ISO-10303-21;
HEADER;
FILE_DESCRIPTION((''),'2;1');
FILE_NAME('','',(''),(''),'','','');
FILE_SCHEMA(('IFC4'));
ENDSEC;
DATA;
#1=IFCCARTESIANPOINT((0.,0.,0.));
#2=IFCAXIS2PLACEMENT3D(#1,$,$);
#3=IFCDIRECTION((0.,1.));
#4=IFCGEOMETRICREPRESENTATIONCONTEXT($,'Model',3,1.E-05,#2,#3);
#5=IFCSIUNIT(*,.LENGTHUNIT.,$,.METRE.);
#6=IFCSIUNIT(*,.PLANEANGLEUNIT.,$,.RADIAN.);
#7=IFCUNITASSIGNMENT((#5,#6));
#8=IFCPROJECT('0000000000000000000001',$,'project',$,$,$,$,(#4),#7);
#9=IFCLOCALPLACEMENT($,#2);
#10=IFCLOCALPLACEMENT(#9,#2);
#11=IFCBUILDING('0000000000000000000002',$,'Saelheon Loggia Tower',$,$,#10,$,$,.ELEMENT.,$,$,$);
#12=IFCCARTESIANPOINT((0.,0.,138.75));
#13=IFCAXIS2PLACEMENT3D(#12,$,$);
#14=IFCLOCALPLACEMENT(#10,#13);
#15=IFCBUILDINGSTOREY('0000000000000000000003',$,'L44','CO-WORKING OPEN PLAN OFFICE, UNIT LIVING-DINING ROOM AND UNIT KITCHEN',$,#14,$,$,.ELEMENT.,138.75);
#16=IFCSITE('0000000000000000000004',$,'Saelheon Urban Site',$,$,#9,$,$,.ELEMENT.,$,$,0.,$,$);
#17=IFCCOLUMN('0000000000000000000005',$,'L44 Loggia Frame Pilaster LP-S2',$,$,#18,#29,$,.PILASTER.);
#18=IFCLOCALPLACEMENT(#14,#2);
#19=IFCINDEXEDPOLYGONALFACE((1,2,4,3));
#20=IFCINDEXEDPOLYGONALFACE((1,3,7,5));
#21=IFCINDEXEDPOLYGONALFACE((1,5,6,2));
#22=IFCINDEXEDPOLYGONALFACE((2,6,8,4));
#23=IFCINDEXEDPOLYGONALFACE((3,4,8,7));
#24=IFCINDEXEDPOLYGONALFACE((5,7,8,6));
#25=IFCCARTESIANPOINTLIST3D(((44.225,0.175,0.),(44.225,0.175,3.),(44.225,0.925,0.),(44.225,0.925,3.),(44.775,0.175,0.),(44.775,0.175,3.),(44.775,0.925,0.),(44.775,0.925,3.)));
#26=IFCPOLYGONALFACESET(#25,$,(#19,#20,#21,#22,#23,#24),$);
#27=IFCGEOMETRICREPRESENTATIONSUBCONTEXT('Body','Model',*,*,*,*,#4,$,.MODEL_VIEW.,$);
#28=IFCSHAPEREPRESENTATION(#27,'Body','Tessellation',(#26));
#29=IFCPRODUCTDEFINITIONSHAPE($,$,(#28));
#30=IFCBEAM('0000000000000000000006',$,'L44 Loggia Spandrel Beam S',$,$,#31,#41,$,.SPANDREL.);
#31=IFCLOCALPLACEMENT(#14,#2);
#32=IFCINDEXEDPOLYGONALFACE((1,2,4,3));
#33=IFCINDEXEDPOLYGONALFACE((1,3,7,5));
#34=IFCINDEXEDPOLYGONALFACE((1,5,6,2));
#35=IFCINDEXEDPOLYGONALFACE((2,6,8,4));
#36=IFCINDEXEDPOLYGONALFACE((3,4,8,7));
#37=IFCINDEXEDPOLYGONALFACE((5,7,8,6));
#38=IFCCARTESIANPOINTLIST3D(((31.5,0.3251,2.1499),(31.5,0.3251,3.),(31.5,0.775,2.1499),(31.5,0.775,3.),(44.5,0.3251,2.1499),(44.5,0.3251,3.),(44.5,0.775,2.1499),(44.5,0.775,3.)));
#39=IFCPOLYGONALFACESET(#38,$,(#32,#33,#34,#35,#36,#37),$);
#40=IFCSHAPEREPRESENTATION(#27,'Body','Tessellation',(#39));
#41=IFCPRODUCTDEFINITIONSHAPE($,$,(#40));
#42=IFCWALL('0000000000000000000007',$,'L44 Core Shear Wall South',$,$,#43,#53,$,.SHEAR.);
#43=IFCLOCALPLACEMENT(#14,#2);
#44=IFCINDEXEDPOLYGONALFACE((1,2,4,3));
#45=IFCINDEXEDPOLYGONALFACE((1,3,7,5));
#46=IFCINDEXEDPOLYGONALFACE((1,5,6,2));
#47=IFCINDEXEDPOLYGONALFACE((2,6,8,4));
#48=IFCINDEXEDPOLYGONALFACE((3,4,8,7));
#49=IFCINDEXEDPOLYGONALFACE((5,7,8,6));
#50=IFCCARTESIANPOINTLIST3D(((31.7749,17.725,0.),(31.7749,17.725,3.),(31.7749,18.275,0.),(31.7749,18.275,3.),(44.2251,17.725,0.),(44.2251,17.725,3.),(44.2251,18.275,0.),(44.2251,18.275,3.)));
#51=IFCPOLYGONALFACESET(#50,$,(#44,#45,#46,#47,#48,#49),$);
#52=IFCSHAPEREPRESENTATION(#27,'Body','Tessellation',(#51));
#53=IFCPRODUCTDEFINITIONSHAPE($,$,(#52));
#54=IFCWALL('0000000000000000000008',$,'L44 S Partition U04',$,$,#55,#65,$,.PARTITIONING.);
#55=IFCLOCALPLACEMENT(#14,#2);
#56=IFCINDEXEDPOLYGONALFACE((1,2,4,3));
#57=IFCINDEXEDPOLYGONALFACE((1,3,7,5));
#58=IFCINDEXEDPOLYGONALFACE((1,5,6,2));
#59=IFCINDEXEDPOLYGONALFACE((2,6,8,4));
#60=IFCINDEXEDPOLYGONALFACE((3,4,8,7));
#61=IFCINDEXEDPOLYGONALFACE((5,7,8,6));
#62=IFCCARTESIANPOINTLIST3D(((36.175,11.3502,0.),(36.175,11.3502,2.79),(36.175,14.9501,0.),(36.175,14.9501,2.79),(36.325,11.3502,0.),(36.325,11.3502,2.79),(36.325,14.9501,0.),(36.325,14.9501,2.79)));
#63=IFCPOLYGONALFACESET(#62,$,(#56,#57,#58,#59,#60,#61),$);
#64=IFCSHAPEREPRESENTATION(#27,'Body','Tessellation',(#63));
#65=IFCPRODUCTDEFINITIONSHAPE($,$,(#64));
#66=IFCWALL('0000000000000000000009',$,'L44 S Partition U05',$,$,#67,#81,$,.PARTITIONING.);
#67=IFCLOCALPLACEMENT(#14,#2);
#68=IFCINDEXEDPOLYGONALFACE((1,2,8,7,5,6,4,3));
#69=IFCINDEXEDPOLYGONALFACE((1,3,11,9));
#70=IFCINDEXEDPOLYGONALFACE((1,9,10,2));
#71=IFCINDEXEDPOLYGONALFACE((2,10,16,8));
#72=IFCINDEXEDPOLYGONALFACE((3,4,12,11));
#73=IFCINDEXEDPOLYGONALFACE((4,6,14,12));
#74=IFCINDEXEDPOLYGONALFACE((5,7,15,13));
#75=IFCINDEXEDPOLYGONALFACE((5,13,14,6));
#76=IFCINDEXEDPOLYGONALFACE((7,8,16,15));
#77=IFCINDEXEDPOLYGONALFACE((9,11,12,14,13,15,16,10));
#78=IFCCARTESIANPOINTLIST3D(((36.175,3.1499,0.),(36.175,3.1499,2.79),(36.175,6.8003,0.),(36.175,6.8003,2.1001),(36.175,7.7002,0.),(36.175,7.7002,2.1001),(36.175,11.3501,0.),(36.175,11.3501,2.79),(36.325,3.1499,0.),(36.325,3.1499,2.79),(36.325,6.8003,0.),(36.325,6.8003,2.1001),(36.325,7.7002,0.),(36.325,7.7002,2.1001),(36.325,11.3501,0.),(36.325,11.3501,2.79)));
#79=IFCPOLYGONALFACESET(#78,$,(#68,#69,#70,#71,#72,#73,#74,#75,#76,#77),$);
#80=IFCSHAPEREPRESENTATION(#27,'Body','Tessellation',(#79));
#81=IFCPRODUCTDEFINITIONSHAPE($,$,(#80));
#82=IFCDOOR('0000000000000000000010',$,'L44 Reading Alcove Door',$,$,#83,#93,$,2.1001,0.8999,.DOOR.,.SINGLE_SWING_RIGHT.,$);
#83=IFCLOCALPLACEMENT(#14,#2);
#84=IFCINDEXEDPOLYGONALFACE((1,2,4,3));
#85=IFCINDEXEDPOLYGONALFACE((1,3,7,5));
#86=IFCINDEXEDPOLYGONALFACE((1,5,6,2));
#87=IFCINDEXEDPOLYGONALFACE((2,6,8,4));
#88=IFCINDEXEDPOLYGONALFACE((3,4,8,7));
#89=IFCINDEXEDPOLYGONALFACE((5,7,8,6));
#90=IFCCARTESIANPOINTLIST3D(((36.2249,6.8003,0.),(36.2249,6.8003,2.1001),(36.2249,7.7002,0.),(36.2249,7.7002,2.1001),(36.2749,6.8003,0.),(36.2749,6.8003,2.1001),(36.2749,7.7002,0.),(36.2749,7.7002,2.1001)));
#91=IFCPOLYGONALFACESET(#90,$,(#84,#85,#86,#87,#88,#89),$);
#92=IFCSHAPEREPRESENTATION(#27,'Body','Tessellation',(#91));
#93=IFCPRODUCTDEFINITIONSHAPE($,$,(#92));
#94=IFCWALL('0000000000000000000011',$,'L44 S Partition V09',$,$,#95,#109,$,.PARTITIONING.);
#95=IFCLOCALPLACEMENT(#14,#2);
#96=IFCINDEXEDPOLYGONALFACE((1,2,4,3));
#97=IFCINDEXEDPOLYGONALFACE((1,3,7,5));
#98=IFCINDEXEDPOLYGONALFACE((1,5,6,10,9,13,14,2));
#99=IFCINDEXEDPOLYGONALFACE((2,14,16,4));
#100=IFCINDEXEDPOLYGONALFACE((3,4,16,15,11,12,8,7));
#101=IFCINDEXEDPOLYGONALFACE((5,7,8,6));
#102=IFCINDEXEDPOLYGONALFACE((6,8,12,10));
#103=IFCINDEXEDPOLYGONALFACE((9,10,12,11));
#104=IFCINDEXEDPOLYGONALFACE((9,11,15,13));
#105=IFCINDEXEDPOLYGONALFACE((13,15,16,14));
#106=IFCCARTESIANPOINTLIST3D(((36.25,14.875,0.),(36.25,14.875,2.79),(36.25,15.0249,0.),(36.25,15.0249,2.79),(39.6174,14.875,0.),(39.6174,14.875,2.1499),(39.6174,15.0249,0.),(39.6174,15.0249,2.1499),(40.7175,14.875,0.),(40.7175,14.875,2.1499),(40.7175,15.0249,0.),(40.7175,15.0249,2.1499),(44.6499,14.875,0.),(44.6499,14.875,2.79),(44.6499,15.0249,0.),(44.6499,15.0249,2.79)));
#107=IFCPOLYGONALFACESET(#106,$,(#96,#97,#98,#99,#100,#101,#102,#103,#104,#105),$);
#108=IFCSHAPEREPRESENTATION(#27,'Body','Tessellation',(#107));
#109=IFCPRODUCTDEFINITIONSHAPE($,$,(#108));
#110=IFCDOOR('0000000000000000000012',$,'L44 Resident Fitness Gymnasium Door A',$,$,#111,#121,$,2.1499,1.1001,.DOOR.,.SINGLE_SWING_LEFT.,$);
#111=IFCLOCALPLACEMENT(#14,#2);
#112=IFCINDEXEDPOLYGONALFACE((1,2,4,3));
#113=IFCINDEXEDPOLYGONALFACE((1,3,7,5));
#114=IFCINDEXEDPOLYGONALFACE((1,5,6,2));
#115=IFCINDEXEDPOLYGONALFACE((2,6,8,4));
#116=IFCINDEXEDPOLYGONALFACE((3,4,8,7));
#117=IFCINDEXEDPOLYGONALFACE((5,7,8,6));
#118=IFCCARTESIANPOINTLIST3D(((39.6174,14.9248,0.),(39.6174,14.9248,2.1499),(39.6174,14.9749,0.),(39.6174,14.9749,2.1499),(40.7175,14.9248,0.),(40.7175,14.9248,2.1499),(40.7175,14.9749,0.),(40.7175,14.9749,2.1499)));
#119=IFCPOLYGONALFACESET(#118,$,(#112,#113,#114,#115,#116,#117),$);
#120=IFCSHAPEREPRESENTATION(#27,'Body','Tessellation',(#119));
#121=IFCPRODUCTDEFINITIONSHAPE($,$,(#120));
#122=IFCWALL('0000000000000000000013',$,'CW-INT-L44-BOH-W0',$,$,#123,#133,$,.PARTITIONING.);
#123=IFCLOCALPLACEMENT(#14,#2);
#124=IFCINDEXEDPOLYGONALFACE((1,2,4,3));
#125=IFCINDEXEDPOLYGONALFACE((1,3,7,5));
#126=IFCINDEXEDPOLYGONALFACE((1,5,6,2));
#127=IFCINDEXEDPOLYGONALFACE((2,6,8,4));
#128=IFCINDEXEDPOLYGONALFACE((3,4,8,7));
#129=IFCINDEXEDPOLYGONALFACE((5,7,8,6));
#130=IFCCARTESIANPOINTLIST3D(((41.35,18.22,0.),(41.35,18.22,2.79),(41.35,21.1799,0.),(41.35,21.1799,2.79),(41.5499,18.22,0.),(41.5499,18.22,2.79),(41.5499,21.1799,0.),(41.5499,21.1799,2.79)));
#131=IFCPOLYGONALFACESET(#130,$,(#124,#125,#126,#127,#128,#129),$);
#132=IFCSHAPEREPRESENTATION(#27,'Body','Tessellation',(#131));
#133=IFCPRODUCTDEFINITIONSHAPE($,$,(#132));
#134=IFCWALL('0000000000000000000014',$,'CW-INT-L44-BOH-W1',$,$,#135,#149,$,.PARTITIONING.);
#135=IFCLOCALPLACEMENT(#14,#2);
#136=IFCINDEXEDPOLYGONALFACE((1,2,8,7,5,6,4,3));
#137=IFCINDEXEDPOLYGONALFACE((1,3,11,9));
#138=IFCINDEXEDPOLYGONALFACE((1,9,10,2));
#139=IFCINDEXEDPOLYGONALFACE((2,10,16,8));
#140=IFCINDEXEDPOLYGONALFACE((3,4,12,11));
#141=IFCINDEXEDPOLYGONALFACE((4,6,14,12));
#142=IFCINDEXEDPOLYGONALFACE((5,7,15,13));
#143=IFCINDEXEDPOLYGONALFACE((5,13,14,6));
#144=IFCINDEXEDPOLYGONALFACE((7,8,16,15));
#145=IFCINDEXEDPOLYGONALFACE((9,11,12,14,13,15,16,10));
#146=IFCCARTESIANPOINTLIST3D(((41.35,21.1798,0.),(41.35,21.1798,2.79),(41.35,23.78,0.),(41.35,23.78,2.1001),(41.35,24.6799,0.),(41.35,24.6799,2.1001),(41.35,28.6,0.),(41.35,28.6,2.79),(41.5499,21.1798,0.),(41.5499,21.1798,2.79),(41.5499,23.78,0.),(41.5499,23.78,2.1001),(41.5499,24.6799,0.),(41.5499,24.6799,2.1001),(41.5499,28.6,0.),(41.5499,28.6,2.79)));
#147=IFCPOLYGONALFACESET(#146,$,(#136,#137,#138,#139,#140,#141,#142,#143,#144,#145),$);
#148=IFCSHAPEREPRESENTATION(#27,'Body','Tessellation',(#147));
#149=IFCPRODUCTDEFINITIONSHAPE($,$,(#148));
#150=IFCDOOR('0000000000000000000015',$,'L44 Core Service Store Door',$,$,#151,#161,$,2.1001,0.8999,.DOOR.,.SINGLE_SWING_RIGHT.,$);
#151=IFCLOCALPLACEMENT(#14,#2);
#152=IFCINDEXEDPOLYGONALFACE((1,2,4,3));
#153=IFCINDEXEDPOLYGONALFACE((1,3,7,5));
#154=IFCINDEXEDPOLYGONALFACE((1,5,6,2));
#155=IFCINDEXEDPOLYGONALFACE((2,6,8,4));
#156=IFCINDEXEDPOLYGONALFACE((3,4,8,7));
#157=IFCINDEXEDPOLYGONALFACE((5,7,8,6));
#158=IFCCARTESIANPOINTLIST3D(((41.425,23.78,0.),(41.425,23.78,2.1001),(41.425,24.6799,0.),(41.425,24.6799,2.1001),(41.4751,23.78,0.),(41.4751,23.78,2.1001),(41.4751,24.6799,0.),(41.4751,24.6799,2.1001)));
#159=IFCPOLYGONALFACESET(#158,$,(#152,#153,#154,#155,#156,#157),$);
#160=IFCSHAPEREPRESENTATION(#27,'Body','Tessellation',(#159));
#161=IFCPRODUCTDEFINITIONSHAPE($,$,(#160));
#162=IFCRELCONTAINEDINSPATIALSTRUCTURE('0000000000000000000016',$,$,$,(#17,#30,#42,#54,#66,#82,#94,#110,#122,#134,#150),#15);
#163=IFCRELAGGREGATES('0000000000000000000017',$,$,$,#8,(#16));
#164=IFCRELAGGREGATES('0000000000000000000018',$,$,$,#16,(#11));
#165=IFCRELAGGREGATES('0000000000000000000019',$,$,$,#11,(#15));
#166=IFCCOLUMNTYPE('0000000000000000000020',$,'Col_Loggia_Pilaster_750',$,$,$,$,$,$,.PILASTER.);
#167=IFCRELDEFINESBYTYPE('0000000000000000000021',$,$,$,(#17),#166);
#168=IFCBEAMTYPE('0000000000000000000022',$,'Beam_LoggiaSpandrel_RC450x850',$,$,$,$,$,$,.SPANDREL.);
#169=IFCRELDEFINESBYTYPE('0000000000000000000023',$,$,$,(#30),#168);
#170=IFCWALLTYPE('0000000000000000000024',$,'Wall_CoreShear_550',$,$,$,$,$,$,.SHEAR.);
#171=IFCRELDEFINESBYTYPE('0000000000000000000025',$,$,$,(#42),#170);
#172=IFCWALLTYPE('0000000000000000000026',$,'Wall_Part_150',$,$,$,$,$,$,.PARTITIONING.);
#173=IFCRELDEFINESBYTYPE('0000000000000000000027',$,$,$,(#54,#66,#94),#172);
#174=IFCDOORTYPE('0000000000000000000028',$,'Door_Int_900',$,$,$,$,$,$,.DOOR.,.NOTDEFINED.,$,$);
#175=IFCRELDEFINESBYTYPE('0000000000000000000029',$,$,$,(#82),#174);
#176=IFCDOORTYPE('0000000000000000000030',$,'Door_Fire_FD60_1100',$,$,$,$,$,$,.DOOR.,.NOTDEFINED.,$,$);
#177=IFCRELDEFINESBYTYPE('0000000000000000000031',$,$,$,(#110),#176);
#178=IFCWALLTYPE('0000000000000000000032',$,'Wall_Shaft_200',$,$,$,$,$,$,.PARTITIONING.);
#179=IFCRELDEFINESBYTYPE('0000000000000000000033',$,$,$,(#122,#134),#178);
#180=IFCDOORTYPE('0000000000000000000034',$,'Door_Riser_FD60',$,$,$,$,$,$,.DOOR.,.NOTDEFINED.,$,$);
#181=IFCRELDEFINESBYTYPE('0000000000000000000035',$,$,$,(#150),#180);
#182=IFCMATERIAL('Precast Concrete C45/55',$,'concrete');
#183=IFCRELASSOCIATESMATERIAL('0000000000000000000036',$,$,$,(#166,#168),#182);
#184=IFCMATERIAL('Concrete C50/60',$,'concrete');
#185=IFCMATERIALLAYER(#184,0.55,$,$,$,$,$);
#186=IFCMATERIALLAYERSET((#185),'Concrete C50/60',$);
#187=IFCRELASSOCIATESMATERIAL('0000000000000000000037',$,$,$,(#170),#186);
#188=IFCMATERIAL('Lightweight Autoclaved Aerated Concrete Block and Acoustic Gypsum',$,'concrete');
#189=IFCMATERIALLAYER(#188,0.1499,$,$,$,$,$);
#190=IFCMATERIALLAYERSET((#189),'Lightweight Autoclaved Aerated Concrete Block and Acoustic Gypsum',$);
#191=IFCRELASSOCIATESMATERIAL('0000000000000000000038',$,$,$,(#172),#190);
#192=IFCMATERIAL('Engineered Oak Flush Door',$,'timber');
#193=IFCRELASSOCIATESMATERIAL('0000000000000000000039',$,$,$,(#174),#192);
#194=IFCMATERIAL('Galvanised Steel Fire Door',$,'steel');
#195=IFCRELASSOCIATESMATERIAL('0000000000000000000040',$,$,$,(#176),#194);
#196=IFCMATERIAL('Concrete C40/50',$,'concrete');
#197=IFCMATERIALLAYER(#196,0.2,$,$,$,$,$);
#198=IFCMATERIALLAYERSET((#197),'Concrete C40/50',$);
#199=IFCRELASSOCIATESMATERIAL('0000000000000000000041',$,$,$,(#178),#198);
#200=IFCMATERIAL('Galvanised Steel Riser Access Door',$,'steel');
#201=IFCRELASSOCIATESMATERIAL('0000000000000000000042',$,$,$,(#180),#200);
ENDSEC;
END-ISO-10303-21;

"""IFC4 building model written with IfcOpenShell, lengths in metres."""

from ifc_helpers import new_model, si_unit, direction, frame, frame_2d, origin, origin_2d, place, context, subcontext, project, spatial, rectangle, extrude, source, transform, mapped, material, layer, layer_set, material_profile, profile_set, type_object, element, fill, save


model = new_model("IFC4")

# Units and contexts
model_context = context("Model", 3, precision=1e-05, world=origin(), true_north=direction((0.0, 1.0)))
body_context = subcontext(model_context, "Body", "Model", "MODEL_VIEW")
ifc_project = project(units=[si_unit("LENGTHUNIT", "METRE"), si_unit("PLANEANGLEUNIT", "RADIAN")], contexts=[model_context])

# Site, building, storey
site_placement = place(None, origin())
site = spatial("IfcSite", under=ifc_project, at=site_placement, Name="Saelheon Urban Site", CompositionType="ELEMENT", RefElevation=0.0)
building_placement = place(site_placement, origin())
building = spatial("IfcBuilding", under=site, at=building_placement, Name="Saelheon Loggia Tower", CompositionType="ELEMENT")
storey_placement = place(building_placement, frame((0.0, 0.0, 138.75)))
storey = spatial("IfcBuildingStorey", under=building, at=storey_placement, Name="L44", Description="CO-WORKING OPEN PLAN OFFICE, UNIT LIVING-DINING ROOM AND UNIT KITCHEN", CompositionType="ELEMENT", Elevation=138.75)

# Column
ifc_material_1 = material(Name="Precast Concrete C45/55", Category="concrete")
ifc_material_profile_1 = material_profile(ifc_material_1, rectangle(XDim=0.55, YDim=0.75, at=origin_2d()), Name="RC-550x750")
ifc_profile_set_1 = profile_set([ifc_material_profile_1], Name="Precast Concrete C45/55")
column_type = type_object("IfcColumnType", Name="Col_Loggia_Pilaster_750", PredefinedType="PILASTER", material=ifc_profile_set_1)
shared_shape_1 = source(origin(), body_context, "Body", "SweptSolid", [
    extrude(rectangle(XDim=0.55, YDim=0.75, at=origin_2d()), origin(), (0.0, 0.0, 1.0), 3.0),
])
column_placement = place(storey_placement, frame((44.5, 0.55, 0.0), z_axis=(0.0, 0.0, 1.0), x_axis=(1.0, 0.0, 0.0)))
element("IfcColumn", 1, at=column_placement, inside=storey, type_object=column_type, Name="L44 Loggia Frame Pilaster LP-S2", PredefinedType="PILASTER", context=body_context, shape_type="MappedRepresentation", body=[
    mapped(shared_shape_1, transform((0.0, 0.0, 0.0), scale=1.0)),
])

# Beam
ifc_material_profile_2 = material_profile(ifc_material_1, rectangle(XDim=0.45, YDim=0.8501, at=origin_2d()), Name="RC-450x850")
ifc_profile_set_2 = profile_set([ifc_material_profile_2], Name="Precast Concrete C45/55")
beam_type = type_object("IfcBeamType", Name="Beam_LoggiaSpandrel_RC450x850", PredefinedType="SPANDREL", material=ifc_profile_set_2)
shared_shape_2 = source(origin(), body_context, "Body", "SweptSolid", [
    extrude(rectangle(XDim=0.45, YDim=0.8501, at=origin_2d()), origin(), (0.0, 0.0, 1.0), 13.0),
])
beam_placement = place(storey_placement, frame((31.5, 0.55, 2.575), z_axis=(1.0, 0.0, 0.0), x_axis=(0.0, 1.0, 0.0)))
element("IfcBeam", 2, at=beam_placement, inside=storey, type_object=beam_type, Name="L44 Loggia Spandrel Beam S", PredefinedType="SPANDREL", context=body_context, shape_type="MappedRepresentation", body=[
    mapped(shared_shape_2, transform((0.0, 0.0, 0.0), scale=1.0)),
])

# Walls
ifc_material_2 = material(Name="Concrete C50/60", Category="concrete")
ifc_layer_1 = layer(ifc_material_2, 0.55)
ifc_layer_set_1 = layer_set([ifc_layer_1], Name="Concrete C50/60")
wall_type_1 = type_object("IfcWallType", Name="Wall_CoreShear_550", PredefinedType="SHEAR", material=ifc_layer_set_1)
wall_1_placement = place(storey_placement, frame((31.7749, 18.0, 0.0), z_axis=(0.0, 0.0, 1.0), x_axis=(1.0, 0.0, 0.0)))
element("IfcWall", 3, at=wall_1_placement, inside=storey, type_object=wall_type_1, Name="L44 Core Shear Wall South", PredefinedType="SHEAR", context=body_context, shape_type="SweptSolid", body=[
    extrude(rectangle(XDim=12.4502, YDim=0.55, at=frame_2d((6.2251, 0.0))), origin(), (0.0, 0.0, 1.0), 3.0),
])
ifc_material_3 = material(Name="Lightweight Autoclaved Aerated Concrete Block and Acoustic Gypsum", Category="concrete")
ifc_layer_2 = layer(ifc_material_3, 0.1499)
ifc_layer_set_2 = layer_set([ifc_layer_2], Name="Lightweight Autoclaved Aerated Concrete Block and Acoustic Gypsum")
wall_type_2 = type_object("IfcWallType", Name="Wall_Part_150", PredefinedType="PARTITIONING", material=ifc_layer_set_2)
wall_2_placement = place(storey_placement, frame((36.25, 14.95, 0.0), z_axis=(0.0, 0.0, 1.0), x_axis=(0.0, -1.0, 0.0)))
element("IfcWall", 4, at=wall_2_placement, inside=storey, type_object=wall_type_2, Name="L44 S Partition U04", PredefinedType="PARTITIONING", context=body_context, shape_type="SweptSolid", body=[
    extrude(rectangle(XDim=3.5999, YDim=0.1499, at=frame_2d((1.7998, 0.0))), origin(), (0.0, 0.0, 1.0), 2.79),
])

# Walls, openings, doors
wall_3_placement = place(storey_placement, frame((36.25, 11.3501, 0.0), z_axis=(0.0, 0.0, 1.0), x_axis=(0.0, -1.0, 0.0)))
wall_3 = element("IfcWall", 5, at=wall_3_placement, inside=storey, type_object=wall_type_2, Name="L44 S Partition U05", PredefinedType="PARTITIONING", context=body_context, shape_type="SweptSolid", body=[
    extrude(rectangle(XDim=8.2002, YDim=0.1499, at=frame_2d((4.1001, 0.0))), origin(), (0.0, 0.0, 1.0), 2.79),
])
opening_1_placement = place(wall_3_placement, frame((3.6499, 0.0, 0.0)))
opening_1 = element("IfcOpeningElement", 6, at=opening_1_placement, cuts=wall_3, PredefinedType="OPENING", context=body_context, shape_type="SweptSolid", body=[
    extrude(rectangle(XDim=0.8999, YDim=2.1001, at=frame_2d((0.45, 1.05))), frame((0.0, 0.0869, 0.0), z_axis=(0.0, -1.0, 0.0), x_axis=(1.0, 0.0, 0.0)), (0.0, 0.0, 1.0), 0.1738),
])
ifc_material_4 = material(Name="Engineered Oak Flush Door", Category="timber")
door_type_1 = type_object("IfcDoorType", Name="Door_Int_900", OperationType="NOTDEFINED", PredefinedType="DOOR", material=ifc_material_4)
shared_shape_3 = source(origin(), body_context, "Body", "SweptSolid", [
    extrude(rectangle(XDim=0.8999, YDim=2.1001, at=frame_2d((0.45, 1.05))), frame((0.0, 0.0249, 0.0), z_axis=(0.0, -1.0, 0.0), x_axis=(1.0, 0.0, 0.0)), (0.0, 0.0, 1.0), 0.05),
])
door_1_placement = place(opening_1_placement, origin())
door_1 = element("IfcDoor", 7, at=door_1_placement, inside=storey, type_object=door_type_1, Name="L44 Reading Alcove Door", OperationType="SINGLE_SWING_RIGHT", OverallHeight=2.1001, OverallWidth=0.8999, PredefinedType="DOOR", context=body_context, shape_type="MappedRepresentation", body=[
    mapped(shared_shape_3, transform((0.0, 0.0, 0.0), scale=1.0)),
])
fill(opening_1, door_1)
wall_4_placement = place(storey_placement, frame((36.25, 14.95, 0.0), z_axis=(0.0, 0.0, 1.0), x_axis=(1.0, 0.0, 0.0)))
wall_4 = element("IfcWall", 8, at=wall_4_placement, inside=storey, type_object=wall_type_2, Name="L44 S Partition V09", PredefinedType="PARTITIONING", context=body_context, shape_type="SweptSolid", body=[
    extrude(rectangle(XDim=8.3999, YDim=0.1499, at=frame_2d((4.2, 0.0))), origin(), (0.0, 0.0, 1.0), 2.79),
])
opening_2_placement = place(wall_4_placement, frame((3.3674, 0.0, 0.0)))
opening_2 = element("IfcOpeningElement", 9, at=opening_2_placement, cuts=wall_4, PredefinedType="OPENING", context=body_context, shape_type="SweptSolid", body=[
    extrude(rectangle(XDim=1.1001, YDim=2.1499, at=frame_2d((0.55, 1.075))), frame((0.0, 0.0869, 0.0), z_axis=(0.0, -1.0, 0.0), x_axis=(1.0, 0.0, 0.0)), (0.0, 0.0, 1.0), 0.1738),
])
ifc_material_5 = material(Name="Galvanised Steel Fire Door", Category="steel")
door_type_2 = type_object("IfcDoorType", Name="Door_Fire_FD60_1100", OperationType="NOTDEFINED", PredefinedType="DOOR", material=ifc_material_5)
shared_shape_4 = source(origin(), body_context, "Body", "SweptSolid", [
    extrude(rectangle(XDim=1.1001, YDim=2.1499, at=frame_2d((0.55, 1.075))), frame((0.0, 0.0249, 0.0), z_axis=(0.0, -1.0, 0.0), x_axis=(1.0, 0.0, 0.0)), (0.0, 0.0, 1.0), 0.05),
])
door_2_placement = place(opening_2_placement, origin())
door_2 = element("IfcDoor", 10, at=door_2_placement, inside=storey, type_object=door_type_2, Name="L44 Resident Fitness Gymnasium Door A", OperationType="SINGLE_SWING_LEFT", OverallHeight=2.1499, OverallWidth=1.1001, PredefinedType="DOOR", context=body_context, shape_type="MappedRepresentation", body=[
    mapped(shared_shape_4, transform((0.0, 0.0, 0.0), scale=1.0)),
])
fill(opening_2, door_2)

# Wall
ifc_material_6 = material(Name="Concrete C40/50", Category="concrete")
ifc_layer_3 = layer(ifc_material_6, 0.2)
ifc_layer_set_3 = layer_set([ifc_layer_3], Name="Concrete C40/50")
wall_type_3 = type_object("IfcWallType", Name="Wall_Shaft_200", PredefinedType="PARTITIONING", material=ifc_layer_set_3)
wall_5_placement = place(storey_placement, frame((41.45, 18.22, 0.0), z_axis=(0.0, 0.0, 1.0), x_axis=(0.0, 1.0, 0.0)))
element("IfcWall", 11, at=wall_5_placement, inside=storey, type_object=wall_type_3, Name="CW-INT-L44-BOH-W0", PredefinedType="PARTITIONING", context=body_context, shape_type="SweptSolid", body=[
    extrude(rectangle(XDim=2.96, YDim=0.2, at=frame_2d((1.48, 0.0))), origin(), (0.0, 0.0, 1.0), 2.79),
])

# Wall, opening, door
wall_6_placement = place(storey_placement, frame((41.45, 21.1799, 0.0), z_axis=(0.0, 0.0, 1.0), x_axis=(0.0, 1.0, 0.0)))
wall_6 = element("IfcWall", 12, at=wall_6_placement, inside=storey, type_object=wall_type_3, Name="CW-INT-L44-BOH-W1", PredefinedType="PARTITIONING", context=body_context, shape_type="SweptSolid", body=[
    extrude(rectangle(XDim=7.4202, YDim=0.2, at=frame_2d((3.71, 0.0))), origin(), (0.0, 0.0, 1.0), 2.79),
])
opening_3_placement = place(wall_6_placement, frame((2.6001, 0.0, 0.0)))
opening_3 = element("IfcOpeningElement", 13, at=opening_3_placement, cuts=wall_6, PredefinedType="OPENING", context=body_context, shape_type="SweptSolid", body=[
    extrude(rectangle(XDim=0.8999, YDim=2.1001, at=frame_2d((0.45, 1.05))), frame((0.0, 0.1121, 0.0), z_axis=(0.0, -1.0, 0.0), x_axis=(1.0, 0.0, 0.0)), (0.0, 0.0, 1.0), 0.2239),
])
ifc_material_7 = material(Name="Galvanised Steel Riser Access Door", Category="steel")
door_type_3 = type_object("IfcDoorType", Name="Door_Riser_FD60", OperationType="NOTDEFINED", PredefinedType="DOOR", material=ifc_material_7)
door_3_placement = place(opening_3_placement, origin())
door_3 = element("IfcDoor", 14, at=door_3_placement, inside=storey, type_object=door_type_3, Name="L44 Core Service Store Door", OperationType="SINGLE_SWING_RIGHT", OverallHeight=2.1001, OverallWidth=0.8999, PredefinedType="DOOR", context=body_context, shape_type="MappedRepresentation", body=[
    mapped(shared_shape_3, transform((0.0, 0.0, 0.0), scale=1.0)),
])
fill(opening_3, door_3)

save(model, "model.ifc")
